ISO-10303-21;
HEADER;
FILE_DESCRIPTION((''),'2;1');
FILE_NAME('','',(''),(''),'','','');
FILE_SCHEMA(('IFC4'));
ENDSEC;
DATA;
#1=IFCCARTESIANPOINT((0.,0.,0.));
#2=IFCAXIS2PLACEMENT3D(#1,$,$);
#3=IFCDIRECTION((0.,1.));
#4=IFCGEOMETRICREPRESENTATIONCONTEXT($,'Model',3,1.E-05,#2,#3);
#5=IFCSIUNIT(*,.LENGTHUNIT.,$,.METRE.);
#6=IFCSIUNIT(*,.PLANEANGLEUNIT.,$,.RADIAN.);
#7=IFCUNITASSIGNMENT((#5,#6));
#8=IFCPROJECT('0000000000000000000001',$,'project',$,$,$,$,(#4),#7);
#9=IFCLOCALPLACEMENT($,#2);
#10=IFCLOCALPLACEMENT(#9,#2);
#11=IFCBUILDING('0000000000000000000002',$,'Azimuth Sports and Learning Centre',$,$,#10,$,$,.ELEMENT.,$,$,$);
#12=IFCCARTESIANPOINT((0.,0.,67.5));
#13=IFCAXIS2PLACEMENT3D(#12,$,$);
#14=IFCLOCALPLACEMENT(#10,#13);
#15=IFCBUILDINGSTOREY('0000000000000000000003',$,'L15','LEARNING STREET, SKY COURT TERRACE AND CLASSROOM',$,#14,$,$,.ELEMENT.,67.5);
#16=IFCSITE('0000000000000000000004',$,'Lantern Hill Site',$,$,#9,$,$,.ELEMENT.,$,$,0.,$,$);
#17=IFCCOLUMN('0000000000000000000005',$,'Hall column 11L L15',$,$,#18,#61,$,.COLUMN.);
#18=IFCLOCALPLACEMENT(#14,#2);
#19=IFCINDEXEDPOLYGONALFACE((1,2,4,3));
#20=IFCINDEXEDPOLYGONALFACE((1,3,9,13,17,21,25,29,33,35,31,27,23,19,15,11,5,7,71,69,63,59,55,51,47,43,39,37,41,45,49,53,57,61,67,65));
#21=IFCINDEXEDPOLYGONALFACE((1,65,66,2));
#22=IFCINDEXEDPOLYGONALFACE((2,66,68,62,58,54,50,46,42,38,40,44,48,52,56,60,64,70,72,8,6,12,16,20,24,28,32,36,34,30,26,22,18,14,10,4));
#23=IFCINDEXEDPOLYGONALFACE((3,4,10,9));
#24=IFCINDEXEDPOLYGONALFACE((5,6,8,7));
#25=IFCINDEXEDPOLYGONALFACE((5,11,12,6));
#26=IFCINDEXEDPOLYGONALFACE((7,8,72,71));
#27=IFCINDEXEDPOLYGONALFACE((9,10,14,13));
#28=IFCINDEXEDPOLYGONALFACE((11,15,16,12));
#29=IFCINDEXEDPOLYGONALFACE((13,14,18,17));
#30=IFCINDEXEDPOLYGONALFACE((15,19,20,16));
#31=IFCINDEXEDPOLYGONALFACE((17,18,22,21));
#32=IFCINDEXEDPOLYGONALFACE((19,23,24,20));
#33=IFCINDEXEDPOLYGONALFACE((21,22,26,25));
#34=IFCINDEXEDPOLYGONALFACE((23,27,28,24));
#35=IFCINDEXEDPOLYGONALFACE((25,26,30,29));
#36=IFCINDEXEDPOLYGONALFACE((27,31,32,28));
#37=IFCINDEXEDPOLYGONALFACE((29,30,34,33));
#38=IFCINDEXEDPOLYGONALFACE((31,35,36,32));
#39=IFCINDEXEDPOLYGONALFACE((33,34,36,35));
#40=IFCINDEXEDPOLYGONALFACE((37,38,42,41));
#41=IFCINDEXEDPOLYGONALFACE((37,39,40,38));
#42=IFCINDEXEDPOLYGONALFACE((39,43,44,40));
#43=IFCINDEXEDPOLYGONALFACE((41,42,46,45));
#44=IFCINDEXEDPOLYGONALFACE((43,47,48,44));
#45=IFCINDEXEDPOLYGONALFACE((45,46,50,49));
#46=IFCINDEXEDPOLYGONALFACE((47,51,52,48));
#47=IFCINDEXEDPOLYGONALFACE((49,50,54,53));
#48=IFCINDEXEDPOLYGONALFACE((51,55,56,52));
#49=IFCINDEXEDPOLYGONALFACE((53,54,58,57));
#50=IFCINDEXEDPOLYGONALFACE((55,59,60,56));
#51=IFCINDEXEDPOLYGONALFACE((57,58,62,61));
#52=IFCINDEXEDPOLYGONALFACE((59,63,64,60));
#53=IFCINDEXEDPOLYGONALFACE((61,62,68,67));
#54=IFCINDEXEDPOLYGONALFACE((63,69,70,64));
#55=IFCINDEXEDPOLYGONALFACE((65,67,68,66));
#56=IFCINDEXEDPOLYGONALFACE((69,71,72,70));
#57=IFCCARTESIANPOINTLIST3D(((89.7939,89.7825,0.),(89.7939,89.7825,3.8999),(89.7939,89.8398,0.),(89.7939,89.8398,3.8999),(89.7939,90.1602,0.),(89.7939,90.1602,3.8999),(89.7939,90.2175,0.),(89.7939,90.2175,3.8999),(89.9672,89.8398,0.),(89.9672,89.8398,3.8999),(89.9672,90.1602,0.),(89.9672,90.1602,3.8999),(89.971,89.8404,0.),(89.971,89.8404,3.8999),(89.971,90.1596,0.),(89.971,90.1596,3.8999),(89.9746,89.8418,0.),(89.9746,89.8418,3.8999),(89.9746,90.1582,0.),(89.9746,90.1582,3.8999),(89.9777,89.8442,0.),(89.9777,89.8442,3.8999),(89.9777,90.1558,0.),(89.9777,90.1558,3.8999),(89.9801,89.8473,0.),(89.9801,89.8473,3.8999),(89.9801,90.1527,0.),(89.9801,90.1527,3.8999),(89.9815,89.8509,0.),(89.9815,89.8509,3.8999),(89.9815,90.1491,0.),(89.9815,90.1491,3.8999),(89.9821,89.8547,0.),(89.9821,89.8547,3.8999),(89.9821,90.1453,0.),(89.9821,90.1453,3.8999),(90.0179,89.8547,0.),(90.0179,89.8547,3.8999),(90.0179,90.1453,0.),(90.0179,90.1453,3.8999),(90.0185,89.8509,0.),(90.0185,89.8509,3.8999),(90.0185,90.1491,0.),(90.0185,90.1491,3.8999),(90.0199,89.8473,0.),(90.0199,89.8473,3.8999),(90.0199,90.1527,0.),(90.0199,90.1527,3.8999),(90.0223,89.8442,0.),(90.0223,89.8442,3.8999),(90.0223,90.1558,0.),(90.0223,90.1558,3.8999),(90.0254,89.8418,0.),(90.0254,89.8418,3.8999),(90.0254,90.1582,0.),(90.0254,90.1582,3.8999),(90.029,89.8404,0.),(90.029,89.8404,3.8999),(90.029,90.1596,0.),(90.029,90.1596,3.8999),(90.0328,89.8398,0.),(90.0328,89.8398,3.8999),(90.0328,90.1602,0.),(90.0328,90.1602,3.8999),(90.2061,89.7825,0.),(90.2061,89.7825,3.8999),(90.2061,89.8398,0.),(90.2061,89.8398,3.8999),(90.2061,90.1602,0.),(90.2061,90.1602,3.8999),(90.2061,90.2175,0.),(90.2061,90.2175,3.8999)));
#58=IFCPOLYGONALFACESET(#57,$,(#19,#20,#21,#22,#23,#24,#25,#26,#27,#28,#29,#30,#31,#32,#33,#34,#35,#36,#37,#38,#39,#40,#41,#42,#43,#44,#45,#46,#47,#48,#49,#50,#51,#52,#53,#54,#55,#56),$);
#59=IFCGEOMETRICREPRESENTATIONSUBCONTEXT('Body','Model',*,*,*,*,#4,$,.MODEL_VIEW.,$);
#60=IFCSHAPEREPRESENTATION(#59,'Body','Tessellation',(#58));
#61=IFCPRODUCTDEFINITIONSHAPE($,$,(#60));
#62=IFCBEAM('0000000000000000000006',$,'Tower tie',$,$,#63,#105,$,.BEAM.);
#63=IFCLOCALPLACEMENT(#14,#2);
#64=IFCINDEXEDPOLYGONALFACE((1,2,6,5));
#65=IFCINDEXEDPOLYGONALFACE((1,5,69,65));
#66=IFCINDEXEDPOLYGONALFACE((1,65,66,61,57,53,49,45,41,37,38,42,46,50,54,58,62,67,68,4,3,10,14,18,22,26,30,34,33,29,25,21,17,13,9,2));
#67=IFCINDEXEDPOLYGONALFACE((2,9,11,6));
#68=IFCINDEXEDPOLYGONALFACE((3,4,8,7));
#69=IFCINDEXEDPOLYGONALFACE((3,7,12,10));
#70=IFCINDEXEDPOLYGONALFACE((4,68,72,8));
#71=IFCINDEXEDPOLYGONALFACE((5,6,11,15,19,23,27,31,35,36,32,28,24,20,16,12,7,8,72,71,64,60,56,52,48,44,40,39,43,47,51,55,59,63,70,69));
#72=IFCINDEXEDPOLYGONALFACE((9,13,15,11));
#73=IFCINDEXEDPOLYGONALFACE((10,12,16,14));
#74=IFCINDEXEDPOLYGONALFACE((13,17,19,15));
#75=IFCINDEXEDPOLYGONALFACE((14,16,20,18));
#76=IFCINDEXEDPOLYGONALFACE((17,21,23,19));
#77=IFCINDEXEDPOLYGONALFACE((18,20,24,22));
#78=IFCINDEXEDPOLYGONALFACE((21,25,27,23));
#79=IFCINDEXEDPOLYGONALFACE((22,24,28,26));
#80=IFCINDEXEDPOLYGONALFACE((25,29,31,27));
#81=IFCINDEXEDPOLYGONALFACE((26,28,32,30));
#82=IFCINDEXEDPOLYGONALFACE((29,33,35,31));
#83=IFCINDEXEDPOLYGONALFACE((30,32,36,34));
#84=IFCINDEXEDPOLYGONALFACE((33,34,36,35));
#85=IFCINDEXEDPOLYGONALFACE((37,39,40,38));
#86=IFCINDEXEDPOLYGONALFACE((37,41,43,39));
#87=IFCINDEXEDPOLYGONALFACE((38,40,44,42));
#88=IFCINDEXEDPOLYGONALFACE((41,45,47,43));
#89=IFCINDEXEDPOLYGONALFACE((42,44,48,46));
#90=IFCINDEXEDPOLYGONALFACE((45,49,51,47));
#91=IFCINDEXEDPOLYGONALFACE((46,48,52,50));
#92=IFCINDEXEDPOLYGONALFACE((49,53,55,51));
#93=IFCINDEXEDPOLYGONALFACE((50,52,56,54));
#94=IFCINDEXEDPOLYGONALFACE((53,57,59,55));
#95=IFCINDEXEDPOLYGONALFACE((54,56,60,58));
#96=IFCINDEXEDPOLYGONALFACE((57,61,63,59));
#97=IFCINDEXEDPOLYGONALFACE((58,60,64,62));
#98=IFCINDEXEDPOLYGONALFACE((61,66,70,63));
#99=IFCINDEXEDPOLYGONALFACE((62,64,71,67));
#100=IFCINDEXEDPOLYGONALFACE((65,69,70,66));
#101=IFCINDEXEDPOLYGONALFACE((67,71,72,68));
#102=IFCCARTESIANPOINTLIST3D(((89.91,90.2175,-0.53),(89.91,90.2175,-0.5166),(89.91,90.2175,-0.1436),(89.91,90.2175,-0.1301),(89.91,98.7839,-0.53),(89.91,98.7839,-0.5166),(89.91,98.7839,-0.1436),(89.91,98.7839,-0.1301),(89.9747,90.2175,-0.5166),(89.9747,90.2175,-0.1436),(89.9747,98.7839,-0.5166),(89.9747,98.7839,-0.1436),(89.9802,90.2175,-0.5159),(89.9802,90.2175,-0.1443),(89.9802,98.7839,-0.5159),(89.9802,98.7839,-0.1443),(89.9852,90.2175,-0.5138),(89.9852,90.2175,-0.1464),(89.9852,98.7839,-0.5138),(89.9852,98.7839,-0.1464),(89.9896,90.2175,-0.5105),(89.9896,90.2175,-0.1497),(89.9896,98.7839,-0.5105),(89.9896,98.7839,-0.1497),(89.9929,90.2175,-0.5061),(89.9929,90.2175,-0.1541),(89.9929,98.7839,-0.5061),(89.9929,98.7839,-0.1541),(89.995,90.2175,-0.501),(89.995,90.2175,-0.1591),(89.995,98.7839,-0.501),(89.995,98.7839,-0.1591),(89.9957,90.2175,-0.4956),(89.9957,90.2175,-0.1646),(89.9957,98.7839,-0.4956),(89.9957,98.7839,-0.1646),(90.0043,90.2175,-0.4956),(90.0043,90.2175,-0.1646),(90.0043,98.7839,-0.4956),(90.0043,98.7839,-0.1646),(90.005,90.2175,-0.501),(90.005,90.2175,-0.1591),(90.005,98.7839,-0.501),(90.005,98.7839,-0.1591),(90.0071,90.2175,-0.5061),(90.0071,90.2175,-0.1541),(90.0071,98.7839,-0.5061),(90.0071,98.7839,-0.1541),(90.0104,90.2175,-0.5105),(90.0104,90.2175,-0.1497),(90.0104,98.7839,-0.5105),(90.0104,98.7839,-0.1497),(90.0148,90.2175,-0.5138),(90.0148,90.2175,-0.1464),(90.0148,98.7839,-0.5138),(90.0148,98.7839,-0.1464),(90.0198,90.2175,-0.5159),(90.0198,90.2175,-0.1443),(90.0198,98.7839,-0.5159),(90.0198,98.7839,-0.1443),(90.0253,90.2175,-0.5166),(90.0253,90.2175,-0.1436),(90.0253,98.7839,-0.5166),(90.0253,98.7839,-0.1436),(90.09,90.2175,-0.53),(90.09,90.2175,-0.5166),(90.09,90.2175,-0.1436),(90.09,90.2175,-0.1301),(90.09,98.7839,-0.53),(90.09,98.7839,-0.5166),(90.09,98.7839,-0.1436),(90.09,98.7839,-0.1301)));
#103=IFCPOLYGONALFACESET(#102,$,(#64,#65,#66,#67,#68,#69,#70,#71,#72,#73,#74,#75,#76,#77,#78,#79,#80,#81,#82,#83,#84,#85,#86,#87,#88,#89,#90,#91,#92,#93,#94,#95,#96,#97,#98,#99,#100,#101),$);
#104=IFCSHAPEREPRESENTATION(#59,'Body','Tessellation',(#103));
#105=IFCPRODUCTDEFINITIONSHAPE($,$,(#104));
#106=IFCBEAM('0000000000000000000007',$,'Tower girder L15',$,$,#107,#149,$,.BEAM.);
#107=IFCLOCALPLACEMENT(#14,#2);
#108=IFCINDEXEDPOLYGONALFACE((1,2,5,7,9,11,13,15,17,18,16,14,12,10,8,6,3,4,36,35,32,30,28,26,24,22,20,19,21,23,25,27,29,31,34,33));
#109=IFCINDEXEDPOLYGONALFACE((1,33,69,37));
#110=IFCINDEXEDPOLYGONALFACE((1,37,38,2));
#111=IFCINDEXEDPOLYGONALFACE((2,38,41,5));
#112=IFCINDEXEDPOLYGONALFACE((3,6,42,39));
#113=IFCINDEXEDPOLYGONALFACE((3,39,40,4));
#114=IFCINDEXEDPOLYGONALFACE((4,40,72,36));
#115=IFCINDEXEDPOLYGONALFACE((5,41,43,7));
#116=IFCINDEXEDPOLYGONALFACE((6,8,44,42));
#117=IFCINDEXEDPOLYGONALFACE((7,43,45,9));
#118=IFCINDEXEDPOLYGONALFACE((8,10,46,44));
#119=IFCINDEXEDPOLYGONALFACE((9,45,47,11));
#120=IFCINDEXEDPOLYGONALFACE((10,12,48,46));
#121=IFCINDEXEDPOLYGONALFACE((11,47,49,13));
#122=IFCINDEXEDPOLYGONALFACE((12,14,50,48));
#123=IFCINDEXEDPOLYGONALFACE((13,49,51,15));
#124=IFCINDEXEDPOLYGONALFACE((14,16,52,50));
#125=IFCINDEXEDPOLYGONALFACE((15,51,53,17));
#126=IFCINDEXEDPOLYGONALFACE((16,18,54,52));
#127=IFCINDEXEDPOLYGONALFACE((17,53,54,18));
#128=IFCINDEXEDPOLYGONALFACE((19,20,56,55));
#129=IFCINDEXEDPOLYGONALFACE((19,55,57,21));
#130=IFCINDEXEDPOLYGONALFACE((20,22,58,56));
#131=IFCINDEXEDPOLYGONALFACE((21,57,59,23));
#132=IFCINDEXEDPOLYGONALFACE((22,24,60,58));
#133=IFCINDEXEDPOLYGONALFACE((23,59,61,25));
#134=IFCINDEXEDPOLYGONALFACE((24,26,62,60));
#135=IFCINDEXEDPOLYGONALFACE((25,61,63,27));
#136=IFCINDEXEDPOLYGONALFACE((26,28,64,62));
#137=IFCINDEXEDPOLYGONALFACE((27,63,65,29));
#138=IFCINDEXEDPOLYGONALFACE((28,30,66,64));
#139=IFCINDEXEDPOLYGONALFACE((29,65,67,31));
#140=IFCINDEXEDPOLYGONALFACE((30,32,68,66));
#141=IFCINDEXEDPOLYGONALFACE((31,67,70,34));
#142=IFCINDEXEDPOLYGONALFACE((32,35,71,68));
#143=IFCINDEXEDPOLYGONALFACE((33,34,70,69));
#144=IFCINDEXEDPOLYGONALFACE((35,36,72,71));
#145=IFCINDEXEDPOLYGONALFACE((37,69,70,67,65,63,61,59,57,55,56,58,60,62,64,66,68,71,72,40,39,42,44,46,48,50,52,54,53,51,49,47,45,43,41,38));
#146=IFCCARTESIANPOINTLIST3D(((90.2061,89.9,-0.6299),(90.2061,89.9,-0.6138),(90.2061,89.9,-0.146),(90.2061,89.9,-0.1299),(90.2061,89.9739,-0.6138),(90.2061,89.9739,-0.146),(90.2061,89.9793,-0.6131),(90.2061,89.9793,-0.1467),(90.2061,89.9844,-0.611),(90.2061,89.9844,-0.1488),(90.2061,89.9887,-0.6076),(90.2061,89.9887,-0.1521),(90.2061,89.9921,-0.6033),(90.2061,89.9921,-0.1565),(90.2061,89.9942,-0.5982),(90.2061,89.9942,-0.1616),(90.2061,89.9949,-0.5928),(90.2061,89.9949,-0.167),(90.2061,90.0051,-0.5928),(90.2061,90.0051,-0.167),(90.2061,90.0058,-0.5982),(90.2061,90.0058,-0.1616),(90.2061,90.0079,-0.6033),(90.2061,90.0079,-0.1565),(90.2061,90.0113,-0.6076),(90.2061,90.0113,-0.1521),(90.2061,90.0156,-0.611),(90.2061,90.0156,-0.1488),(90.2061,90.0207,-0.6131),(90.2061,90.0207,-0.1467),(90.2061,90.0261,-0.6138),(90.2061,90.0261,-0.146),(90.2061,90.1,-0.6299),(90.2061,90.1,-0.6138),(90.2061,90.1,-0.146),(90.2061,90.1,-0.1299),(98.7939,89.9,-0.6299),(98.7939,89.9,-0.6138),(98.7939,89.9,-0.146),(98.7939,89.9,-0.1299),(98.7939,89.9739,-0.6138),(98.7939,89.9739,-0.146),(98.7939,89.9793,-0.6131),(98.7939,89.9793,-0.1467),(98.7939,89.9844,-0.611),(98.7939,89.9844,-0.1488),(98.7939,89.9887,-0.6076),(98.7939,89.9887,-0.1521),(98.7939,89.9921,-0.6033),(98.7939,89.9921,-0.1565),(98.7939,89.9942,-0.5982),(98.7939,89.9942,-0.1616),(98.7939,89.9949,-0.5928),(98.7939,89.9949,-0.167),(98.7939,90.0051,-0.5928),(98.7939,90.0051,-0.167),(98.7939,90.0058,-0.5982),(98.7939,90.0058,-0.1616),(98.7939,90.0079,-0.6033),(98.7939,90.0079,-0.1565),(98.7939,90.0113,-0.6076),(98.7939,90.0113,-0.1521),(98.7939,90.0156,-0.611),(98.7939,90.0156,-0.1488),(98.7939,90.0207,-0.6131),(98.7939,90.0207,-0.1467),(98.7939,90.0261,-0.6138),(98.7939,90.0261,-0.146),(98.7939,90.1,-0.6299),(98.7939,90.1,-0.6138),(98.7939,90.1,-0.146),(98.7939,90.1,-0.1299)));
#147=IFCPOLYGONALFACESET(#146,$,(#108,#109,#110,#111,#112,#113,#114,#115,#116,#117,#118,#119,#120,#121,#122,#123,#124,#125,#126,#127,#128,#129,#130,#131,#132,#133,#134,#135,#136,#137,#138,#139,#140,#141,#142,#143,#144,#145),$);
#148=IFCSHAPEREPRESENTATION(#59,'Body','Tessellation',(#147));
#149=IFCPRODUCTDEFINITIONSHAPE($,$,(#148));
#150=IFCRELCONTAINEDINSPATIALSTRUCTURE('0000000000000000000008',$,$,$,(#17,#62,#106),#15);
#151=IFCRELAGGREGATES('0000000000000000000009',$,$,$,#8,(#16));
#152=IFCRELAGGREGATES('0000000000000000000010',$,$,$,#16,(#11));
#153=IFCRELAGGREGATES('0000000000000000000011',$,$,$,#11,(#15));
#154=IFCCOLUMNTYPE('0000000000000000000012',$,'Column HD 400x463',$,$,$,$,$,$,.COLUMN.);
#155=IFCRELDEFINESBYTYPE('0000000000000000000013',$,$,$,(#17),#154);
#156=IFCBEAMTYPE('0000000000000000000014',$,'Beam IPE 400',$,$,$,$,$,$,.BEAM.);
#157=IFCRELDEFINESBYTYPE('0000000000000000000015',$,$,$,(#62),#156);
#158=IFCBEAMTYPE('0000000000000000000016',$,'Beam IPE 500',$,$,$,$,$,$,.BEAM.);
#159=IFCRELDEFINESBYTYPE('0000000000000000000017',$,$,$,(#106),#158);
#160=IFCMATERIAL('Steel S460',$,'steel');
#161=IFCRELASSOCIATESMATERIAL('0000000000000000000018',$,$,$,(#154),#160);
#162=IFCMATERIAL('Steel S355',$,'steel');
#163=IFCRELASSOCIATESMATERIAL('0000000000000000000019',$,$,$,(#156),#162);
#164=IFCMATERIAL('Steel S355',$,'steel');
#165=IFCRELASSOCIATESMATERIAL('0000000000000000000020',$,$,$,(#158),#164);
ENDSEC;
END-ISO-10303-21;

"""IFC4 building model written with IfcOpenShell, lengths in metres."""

from ifc_helpers import new_model, si_unit, direction, frame, origin, origin_2d, place, context, subcontext, project, spatial, i_section, extrude, material, material_profile, profile_set, type_object, element, save


model = new_model("IFC4")

# Units and contexts
model_context = context("Model", 3, precision=1e-05, world=origin(), true_north=direction((0.0, 1.0)))
body_context = subcontext(model_context, "Body", "Model", "MODEL_VIEW")
ifc_project = project(units=[si_unit("LENGTHUNIT", "METRE"), si_unit("PLANEANGLEUNIT", "RADIAN")], contexts=[model_context])

# Site, building, storey
site_placement = place(None, origin())
site = spatial("IfcSite", under=ifc_project, at=site_placement, Name="Lantern Hill Site", CompositionType="ELEMENT", RefElevation=0.0)
building_placement = place(site_placement, origin())
building = spatial("IfcBuilding", under=site, at=building_placement, Name="Azimuth Sports and Learning Centre", CompositionType="ELEMENT")
storey_placement = place(building_placement, frame((0.0, 0.0, 67.5)))
storey = spatial("IfcBuildingStorey", under=building, at=storey_placement, Name="L15", Description="LEARNING STREET, SKY COURT TERRACE AND CLASSROOM", CompositionType="ELEMENT", Elevation=67.5)

# Column
ifc_material_1 = material(Name="Steel S460", Category="steel")
ifc_material_profile_1 = material_profile(ifc_material_1, i_section(OverallWidth=0.4121, OverallDepth=0.4351, WebThickness=0.0359, FlangeThickness=0.0574, FilletRadius=0.0149, at=origin_2d()), Name="HD 400x463")
ifc_profile_set_1 = profile_set([ifc_material_profile_1], Name="Steel S460")
column_type = type_object("IfcColumnType", Name="Column HD 400x463", PredefinedType="COLUMN", material=ifc_profile_set_1)
column_placement = place(storey_placement, frame((90.0, 90.0, 0.0), z_axis=(0.0, 0.0, 1.0), x_axis=(1.0, 0.0, 0.0)))
element("IfcColumn", 1, at=column_placement, inside=storey, type_object=column_type, Name="Hall column 11L L15", PredefinedType="COLUMN", context=body_context, shape_type="SweptSolid", body=[
    extrude(i_section(OverallWidth=0.4121, OverallDepth=0.4351, WebThickness=0.0359, FlangeThickness=0.0574, FilletRadius=0.0149, at=origin_2d()), origin(), (0.0, 0.0, 1.0), 3.8999),
])

# Beams
ifc_material_2 = material(Name="Steel S355", Category="steel")
ifc_material_profile_2 = material_profile(ifc_material_2, i_section(OverallWidth=0.1799, OverallDepth=0.3999, WebThickness=0.0085, FlangeThickness=0.0134, FilletRadius=0.021, at=origin_2d()), Name="IPE 400")
ifc_profile_set_2 = profile_set([ifc_material_profile_2], Name="Steel S355")
beam_type_1 = type_object("IfcBeamType", Name="Beam IPE 400", PredefinedType="BEAM", material=ifc_profile_set_2)
beam_1_placement = place(storey_placement, frame((90.0, 90.2175, -0.3301), z_axis=(0.0, 1.0, 0.0), x_axis=(-1.0, 0.0, 0.0)))
element("IfcBeam", 2, at=beam_1_placement, inside=storey, type_object=beam_type_1, Name="Tower tie", PredefinedType="BEAM", context=body_context, shape_type="SweptSolid", body=[
    extrude(i_section(OverallWidth=0.1799, OverallDepth=0.3999, WebThickness=0.0085, FlangeThickness=0.0134, FilletRadius=0.021, at=origin_2d()), origin(), (0.0, 0.0, 1.0), 8.5664),
])
ifc_material_3 = material(Name="Steel S355", Category="steel")
ifc_material_profile_3 = material_profile(ifc_material_3, i_section(OverallWidth=0.2, OverallDepth=0.5, WebThickness=0.0103, FlangeThickness=0.0161, FilletRadius=0.021, at=origin_2d()), Name="IPE 500")
ifc_profile_set_3 = profile_set([ifc_material_profile_3], Name="Steel S355")
beam_type_2 = type_object("IfcBeamType", Name="Beam IPE 500", PredefinedType="BEAM", material=ifc_profile_set_3)
beam_2_placement = place(storey_placement, frame((90.2061, 90.0, -0.3799), z_axis=(1.0, 0.0, 0.0), x_axis=(0.0, 1.0, 0.0)))
element("IfcBeam", 3, at=beam_2_placement, inside=storey, type_object=beam_type_2, Name="Tower girder L15", PredefinedType="BEAM", context=body_context, shape_type="SweptSolid", body=[
    extrude(i_section(OverallWidth=0.2, OverallDepth=0.5, WebThickness=0.0103, FlangeThickness=0.0161, FilletRadius=0.021, at=origin_2d()), origin(), (0.0, 0.0, 1.0), 8.5879),
])

save(model, "model.ifc")
